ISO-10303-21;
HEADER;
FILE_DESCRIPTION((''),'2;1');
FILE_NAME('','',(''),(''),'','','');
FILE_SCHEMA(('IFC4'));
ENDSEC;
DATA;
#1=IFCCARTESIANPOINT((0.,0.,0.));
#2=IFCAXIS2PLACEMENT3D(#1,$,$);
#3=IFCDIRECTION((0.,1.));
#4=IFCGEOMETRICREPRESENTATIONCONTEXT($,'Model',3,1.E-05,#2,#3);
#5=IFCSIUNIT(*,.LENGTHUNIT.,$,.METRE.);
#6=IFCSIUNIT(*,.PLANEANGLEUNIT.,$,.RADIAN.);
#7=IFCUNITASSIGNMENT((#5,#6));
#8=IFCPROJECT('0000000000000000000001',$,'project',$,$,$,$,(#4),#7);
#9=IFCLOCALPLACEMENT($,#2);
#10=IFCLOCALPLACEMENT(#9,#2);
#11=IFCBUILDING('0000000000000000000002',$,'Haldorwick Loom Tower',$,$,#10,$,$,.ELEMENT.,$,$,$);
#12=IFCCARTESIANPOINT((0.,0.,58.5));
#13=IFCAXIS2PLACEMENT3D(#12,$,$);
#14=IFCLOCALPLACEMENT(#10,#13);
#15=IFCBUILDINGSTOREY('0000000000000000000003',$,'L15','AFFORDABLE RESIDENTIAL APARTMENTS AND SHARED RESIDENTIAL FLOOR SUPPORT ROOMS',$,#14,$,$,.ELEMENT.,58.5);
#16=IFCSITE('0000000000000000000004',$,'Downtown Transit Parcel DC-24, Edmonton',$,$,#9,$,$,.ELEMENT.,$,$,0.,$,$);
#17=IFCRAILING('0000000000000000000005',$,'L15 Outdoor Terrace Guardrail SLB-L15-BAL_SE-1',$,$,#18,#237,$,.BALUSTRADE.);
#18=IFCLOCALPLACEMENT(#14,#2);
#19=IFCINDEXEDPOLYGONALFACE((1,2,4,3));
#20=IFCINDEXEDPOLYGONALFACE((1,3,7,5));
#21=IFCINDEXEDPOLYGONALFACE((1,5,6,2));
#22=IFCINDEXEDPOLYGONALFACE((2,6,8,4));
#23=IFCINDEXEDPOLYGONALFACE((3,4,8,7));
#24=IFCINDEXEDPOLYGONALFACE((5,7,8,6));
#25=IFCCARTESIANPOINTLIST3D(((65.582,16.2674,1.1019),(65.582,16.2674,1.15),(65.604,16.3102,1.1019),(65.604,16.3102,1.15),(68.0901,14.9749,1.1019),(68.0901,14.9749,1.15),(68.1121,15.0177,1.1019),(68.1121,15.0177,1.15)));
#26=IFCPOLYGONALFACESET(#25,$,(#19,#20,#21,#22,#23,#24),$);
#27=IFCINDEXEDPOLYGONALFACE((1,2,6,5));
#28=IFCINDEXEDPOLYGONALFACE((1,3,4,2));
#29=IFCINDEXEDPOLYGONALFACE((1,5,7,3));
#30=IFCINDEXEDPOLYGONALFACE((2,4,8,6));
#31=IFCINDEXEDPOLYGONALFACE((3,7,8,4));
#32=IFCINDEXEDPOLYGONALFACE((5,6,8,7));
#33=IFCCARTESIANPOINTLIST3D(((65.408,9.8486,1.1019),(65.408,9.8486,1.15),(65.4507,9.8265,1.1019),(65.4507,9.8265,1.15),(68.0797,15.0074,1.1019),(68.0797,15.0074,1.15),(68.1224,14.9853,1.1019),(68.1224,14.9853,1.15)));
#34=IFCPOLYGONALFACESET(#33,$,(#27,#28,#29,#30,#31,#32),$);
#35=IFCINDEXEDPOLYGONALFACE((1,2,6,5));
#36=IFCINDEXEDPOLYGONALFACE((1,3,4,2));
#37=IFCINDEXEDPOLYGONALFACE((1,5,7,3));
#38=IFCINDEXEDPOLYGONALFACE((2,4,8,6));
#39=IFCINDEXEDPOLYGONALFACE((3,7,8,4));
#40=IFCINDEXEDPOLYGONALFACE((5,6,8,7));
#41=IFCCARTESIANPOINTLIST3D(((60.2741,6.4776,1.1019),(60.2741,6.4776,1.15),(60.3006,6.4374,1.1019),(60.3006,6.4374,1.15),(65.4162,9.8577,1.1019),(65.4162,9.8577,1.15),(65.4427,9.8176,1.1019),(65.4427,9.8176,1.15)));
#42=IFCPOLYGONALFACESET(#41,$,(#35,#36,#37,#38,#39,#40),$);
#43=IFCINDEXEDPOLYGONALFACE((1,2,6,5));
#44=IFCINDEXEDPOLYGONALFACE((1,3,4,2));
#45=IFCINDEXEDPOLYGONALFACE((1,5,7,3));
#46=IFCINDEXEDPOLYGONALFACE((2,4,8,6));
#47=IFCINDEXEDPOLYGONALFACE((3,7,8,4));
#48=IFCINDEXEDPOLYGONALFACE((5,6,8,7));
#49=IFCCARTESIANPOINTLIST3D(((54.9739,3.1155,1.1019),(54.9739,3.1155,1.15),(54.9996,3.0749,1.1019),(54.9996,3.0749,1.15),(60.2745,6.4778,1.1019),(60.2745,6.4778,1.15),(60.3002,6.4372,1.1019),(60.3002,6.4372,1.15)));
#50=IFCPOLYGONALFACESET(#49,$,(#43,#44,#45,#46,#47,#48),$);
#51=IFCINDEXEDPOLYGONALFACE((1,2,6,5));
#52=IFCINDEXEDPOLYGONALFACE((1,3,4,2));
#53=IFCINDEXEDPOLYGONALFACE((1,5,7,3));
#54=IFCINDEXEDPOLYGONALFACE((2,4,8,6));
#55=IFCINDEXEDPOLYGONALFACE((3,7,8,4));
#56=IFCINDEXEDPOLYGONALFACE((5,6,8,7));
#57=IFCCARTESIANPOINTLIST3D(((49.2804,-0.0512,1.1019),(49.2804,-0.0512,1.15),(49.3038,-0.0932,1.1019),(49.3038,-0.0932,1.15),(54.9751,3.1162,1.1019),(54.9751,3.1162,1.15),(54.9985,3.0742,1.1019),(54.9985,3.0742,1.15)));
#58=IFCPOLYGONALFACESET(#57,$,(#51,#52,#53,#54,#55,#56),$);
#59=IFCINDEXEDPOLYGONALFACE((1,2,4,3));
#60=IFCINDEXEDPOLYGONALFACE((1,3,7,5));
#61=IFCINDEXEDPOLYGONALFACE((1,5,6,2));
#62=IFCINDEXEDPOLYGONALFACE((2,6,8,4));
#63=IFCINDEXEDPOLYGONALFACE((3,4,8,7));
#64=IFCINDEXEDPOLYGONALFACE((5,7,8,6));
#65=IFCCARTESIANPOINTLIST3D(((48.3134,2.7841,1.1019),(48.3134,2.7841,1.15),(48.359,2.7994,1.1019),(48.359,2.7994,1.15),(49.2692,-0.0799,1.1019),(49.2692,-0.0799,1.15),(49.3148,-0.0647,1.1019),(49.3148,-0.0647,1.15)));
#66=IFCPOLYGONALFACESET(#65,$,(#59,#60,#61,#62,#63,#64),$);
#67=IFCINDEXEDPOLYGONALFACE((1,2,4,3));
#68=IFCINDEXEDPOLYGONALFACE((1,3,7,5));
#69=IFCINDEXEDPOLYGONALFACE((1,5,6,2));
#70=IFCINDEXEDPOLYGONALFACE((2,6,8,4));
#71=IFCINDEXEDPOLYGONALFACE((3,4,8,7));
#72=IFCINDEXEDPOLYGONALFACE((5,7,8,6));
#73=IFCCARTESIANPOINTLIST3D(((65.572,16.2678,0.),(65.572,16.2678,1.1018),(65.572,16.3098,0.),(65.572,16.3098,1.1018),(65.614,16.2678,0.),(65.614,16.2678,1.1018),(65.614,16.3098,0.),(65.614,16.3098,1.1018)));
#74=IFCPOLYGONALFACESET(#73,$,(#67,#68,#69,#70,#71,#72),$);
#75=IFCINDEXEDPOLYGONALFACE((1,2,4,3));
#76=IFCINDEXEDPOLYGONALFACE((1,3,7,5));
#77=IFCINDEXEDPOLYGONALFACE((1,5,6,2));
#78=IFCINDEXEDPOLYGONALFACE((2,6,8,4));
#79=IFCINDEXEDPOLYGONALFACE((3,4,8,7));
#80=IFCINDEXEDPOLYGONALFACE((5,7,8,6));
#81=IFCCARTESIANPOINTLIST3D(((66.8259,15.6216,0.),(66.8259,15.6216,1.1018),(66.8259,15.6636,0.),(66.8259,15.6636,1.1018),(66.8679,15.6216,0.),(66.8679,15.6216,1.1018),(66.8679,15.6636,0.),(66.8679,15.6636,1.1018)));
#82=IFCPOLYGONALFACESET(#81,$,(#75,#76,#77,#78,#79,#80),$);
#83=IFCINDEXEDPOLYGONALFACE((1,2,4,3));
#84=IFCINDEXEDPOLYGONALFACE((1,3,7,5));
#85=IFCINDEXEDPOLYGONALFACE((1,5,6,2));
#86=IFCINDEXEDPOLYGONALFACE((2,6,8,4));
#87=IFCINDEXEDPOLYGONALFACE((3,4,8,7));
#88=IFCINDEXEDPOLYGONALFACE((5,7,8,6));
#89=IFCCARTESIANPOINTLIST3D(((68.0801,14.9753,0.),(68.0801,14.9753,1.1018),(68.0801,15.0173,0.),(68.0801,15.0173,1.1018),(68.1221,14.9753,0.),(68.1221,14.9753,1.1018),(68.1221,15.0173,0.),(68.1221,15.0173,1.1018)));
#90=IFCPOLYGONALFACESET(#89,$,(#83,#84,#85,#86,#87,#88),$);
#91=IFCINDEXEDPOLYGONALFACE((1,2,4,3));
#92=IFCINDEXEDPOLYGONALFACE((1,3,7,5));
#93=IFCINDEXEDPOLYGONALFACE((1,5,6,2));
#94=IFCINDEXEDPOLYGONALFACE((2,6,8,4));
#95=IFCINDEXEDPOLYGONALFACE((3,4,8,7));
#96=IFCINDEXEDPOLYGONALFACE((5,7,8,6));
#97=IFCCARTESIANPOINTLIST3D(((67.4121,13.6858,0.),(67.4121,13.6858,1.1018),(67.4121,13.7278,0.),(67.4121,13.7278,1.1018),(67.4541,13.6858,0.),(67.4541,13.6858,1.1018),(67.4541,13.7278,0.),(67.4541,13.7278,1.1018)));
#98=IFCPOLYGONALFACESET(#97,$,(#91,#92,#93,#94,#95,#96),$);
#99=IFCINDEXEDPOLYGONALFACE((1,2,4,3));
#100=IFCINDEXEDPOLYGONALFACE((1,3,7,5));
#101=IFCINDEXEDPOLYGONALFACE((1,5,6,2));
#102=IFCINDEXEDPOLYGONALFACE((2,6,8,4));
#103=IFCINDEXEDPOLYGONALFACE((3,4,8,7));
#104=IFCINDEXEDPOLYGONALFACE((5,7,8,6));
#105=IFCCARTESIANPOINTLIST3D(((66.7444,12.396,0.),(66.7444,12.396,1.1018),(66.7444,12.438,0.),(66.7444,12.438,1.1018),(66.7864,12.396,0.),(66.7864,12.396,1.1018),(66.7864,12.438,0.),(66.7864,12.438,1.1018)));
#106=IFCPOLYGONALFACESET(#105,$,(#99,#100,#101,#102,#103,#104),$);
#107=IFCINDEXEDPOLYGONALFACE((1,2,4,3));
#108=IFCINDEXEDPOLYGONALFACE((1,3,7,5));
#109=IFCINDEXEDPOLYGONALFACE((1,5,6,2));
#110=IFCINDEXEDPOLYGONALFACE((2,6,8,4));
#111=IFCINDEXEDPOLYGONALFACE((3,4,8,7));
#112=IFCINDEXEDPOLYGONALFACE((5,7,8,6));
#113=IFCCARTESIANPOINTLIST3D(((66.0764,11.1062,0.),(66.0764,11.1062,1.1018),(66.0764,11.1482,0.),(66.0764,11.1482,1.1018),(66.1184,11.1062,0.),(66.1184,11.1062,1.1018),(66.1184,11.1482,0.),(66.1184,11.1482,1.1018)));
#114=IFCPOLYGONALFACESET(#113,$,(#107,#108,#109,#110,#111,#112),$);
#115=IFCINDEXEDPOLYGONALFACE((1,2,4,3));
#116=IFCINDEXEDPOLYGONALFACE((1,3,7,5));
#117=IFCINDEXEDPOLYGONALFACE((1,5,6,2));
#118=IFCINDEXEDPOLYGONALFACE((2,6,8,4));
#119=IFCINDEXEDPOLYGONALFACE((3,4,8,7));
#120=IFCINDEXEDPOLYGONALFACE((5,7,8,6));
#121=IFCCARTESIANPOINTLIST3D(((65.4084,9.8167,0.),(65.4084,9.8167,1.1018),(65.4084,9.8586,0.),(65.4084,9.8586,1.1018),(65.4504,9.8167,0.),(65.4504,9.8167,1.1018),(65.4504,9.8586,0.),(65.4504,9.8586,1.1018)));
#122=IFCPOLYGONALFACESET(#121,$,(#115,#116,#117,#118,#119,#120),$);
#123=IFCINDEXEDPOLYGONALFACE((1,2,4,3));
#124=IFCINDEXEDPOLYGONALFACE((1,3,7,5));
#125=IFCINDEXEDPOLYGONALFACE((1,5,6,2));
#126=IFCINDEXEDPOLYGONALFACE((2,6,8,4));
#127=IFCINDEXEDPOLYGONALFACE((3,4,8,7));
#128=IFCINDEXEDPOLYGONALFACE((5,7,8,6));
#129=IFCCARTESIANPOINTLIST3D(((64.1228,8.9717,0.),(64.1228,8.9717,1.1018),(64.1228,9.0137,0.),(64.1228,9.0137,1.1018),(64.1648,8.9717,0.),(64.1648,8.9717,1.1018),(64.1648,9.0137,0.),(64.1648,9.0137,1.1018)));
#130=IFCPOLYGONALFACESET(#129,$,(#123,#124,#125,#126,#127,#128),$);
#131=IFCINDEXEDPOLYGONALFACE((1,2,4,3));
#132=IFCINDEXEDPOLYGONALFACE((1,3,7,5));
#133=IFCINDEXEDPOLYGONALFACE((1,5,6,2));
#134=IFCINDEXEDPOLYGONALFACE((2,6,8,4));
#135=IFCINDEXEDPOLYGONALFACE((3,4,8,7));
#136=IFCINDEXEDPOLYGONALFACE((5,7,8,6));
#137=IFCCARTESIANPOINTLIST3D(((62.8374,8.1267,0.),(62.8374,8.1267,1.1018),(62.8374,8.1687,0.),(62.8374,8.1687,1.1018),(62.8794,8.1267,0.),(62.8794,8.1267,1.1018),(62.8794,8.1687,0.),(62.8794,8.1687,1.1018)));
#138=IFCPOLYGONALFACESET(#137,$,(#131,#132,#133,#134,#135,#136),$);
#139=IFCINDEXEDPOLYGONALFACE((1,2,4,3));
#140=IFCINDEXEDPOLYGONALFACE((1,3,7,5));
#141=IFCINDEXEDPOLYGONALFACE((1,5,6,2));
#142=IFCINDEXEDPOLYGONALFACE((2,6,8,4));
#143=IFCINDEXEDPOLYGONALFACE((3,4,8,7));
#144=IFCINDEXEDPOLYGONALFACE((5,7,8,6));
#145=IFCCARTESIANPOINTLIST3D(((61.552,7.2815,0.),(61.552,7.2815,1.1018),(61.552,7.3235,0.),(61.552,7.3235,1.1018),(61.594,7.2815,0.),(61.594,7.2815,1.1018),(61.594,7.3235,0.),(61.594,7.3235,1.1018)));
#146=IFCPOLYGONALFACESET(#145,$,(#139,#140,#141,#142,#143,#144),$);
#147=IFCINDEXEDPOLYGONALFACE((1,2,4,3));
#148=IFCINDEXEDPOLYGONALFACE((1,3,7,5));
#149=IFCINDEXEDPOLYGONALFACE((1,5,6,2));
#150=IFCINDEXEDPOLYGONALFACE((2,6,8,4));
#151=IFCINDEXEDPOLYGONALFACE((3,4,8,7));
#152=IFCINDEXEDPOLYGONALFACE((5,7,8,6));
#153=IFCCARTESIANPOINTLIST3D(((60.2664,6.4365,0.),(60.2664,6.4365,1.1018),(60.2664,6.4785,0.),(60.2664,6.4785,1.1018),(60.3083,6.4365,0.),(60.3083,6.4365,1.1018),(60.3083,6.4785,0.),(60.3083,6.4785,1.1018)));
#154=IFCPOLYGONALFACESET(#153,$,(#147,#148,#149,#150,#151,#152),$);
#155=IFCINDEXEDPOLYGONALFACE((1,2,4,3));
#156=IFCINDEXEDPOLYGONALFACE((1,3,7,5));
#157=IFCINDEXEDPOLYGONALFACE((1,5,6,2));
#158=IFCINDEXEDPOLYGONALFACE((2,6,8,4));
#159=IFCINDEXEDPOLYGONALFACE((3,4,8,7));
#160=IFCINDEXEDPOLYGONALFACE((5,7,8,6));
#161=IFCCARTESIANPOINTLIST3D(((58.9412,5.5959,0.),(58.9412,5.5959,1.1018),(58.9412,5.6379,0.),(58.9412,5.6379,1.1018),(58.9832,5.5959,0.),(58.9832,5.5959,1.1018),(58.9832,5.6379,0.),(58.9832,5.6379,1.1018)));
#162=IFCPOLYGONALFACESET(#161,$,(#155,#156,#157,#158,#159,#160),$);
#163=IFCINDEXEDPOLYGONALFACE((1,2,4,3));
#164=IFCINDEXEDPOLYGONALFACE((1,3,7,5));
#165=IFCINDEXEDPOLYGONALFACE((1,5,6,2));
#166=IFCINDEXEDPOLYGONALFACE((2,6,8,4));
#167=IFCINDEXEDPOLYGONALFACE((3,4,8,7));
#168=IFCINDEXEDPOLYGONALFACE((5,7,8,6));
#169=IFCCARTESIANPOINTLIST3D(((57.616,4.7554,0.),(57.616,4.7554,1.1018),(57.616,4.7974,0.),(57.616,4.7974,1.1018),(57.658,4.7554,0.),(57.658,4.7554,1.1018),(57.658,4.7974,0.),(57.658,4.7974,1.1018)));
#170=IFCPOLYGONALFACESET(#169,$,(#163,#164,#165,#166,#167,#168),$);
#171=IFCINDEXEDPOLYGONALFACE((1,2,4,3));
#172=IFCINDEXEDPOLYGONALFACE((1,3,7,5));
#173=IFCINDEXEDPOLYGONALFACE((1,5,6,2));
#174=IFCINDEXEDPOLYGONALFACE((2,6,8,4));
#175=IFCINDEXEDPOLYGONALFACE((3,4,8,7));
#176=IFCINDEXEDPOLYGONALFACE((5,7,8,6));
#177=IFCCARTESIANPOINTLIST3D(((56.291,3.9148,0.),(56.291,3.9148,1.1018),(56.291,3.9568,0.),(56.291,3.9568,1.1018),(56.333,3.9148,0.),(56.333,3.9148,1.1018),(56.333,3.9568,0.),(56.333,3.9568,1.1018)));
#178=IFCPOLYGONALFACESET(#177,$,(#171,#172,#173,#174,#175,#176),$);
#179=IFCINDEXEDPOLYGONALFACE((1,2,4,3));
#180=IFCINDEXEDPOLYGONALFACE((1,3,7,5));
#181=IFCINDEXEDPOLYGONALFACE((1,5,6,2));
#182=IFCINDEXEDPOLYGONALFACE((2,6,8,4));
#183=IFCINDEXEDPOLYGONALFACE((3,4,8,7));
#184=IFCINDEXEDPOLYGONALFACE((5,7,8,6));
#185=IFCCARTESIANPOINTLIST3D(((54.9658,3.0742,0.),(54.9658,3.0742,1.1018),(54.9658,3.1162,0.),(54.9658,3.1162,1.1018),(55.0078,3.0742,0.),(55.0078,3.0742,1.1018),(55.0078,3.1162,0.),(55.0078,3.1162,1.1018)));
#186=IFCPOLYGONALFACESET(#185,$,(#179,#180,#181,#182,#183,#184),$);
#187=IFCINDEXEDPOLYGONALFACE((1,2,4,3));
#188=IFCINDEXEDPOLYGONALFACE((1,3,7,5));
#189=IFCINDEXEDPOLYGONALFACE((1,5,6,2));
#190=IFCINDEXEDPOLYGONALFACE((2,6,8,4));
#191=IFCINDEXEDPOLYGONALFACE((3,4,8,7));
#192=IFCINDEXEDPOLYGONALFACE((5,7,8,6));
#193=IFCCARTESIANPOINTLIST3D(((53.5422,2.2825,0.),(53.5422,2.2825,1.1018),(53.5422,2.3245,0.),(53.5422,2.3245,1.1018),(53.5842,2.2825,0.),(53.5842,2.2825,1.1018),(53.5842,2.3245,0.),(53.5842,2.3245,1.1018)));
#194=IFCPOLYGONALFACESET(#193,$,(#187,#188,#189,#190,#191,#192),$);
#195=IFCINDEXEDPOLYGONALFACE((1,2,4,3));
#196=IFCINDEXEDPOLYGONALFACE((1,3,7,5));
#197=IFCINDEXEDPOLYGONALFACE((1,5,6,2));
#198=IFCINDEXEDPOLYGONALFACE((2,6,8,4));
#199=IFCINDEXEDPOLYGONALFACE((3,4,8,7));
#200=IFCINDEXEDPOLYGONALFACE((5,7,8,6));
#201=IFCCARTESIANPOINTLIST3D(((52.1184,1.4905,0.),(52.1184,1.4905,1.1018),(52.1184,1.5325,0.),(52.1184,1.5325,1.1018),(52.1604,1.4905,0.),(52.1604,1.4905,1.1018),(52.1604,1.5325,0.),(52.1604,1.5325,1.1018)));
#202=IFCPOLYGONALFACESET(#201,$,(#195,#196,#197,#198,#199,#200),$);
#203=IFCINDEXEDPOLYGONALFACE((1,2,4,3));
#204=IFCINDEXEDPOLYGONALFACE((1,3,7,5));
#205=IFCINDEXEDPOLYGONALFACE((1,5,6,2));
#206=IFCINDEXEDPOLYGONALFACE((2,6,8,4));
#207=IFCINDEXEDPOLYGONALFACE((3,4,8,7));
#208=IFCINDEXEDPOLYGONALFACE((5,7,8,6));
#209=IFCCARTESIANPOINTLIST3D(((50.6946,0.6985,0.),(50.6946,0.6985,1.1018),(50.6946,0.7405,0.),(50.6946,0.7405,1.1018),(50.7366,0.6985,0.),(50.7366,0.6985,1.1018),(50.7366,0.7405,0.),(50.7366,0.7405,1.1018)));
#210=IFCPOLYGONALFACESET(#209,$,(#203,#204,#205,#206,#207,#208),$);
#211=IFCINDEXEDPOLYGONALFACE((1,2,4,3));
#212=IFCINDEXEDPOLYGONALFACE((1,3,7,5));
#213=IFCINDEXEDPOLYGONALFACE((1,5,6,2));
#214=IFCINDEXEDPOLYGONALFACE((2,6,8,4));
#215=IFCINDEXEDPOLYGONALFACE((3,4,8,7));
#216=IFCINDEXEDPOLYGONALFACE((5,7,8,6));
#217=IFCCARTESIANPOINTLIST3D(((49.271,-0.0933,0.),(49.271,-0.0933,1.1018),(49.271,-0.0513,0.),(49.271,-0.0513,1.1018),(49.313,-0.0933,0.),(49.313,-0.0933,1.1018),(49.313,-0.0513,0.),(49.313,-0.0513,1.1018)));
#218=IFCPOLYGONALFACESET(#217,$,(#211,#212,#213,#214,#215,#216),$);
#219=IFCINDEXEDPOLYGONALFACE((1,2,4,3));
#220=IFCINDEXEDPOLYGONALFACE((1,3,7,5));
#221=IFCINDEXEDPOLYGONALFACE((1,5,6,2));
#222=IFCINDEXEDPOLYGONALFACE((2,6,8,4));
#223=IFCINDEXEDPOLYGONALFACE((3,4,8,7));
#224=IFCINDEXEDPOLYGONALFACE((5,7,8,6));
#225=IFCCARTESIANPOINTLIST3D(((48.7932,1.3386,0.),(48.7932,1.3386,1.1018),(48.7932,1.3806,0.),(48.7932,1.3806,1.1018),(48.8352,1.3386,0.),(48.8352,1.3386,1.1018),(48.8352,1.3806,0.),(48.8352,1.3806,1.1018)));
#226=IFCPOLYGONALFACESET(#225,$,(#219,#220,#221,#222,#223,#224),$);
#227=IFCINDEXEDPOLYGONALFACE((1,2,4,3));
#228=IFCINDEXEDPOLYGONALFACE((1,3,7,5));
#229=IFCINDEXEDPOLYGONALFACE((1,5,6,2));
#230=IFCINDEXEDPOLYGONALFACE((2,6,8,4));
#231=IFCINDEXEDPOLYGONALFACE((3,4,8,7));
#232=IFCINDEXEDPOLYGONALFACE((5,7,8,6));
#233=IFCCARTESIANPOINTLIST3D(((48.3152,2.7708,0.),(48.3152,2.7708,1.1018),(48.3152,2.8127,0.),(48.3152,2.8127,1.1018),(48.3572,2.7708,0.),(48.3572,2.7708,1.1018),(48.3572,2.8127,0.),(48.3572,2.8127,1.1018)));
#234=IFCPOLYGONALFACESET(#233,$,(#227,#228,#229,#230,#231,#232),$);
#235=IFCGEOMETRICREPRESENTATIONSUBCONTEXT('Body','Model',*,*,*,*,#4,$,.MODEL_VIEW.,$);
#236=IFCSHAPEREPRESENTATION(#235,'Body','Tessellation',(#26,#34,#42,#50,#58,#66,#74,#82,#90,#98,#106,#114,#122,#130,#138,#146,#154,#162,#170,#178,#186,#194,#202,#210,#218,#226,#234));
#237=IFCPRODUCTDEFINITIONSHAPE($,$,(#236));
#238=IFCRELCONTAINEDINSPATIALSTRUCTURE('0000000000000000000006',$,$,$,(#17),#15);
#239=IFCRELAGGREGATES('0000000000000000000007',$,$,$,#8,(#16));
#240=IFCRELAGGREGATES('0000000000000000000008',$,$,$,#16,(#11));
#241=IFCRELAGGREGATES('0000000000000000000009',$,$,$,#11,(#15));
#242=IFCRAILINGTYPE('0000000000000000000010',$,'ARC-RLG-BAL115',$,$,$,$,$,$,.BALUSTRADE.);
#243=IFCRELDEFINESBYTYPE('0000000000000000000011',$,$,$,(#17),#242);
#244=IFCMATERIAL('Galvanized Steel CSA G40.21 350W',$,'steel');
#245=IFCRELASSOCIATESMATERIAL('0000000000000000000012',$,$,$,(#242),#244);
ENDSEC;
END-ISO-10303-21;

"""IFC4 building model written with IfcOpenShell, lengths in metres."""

from ifc_helpers import new_model, si_unit, direction, frame, origin, origin_2d, place, context, subcontext, project, spatial, rectangle, extrude, material, type_object, element, save


model = new_model("IFC4")

# Units and contexts
model_context = context("Model", 3, precision=1e-05, world=origin(), true_north=direction((0.0, 1.0)))
body_context = subcontext(model_context, "Body", "Model", "MODEL_VIEW")
ifc_project = project(units=[si_unit("LENGTHUNIT", "METRE"), si_unit("PLANEANGLEUNIT", "RADIAN")], contexts=[model_context])

# Site, building, storey
site_placement = place(None, origin())
site = spatial("IfcSite", under=ifc_project, at=site_placement, Name="Downtown Transit Parcel DC-24, Edmonton", CompositionType="ELEMENT", RefElevation=0.0)
building_placement = place(site_placement, origin())
building = spatial("IfcBuilding", under=site, at=building_placement, Name="Haldorwick Loom Tower", CompositionType="ELEMENT")
storey_placement = place(building_placement, frame((0.0, 0.0, 58.5)))
storey = spatial("IfcBuildingStorey", under=building, at=storey_placement, Name="L15", Description="AFFORDABLE RESIDENTIAL APARTMENTS AND SHARED RESIDENTIAL FLOOR SUPPORT ROOMS", CompositionType="ELEMENT", Elevation=58.5)

# Railing
ifc_material_1 = material(Name="Galvanized Steel CSA G40.21 350W", Category="steel")
railing_type = type_object("IfcRailingType", Name="ARC-RLG-BAL115", PredefinedType="BALUSTRADE", material=ifc_material_1)
railing_placement = place(storey_placement, frame((65.593, 16.2888, 0.0)))
element("IfcRailing", 1, at=railing_placement, inside=storey, type_object=railing_type, Name="L15 Outdoor Terrace Guardrail SLB-L15-BAL_SE-1", PredefinedType="BALUSTRADE", context=body_context, shape_type="SweptSolid", body=[
    extrude(rectangle(XDim=0.0481, YDim=0.0481, at=origin_2d()), frame((0.0, 0.0, 1.126), z_axis=(0.888909, -0.458083, 0.0), x_axis=(0.458083, 0.888909, 0.0)), (0.0, 0.0, 1.0), 2.8215),
    extrude(rectangle(XDim=0.0481, YDim=0.0481, at=origin_2d()), frame((2.5081, -1.2925, 1.126), z_axis=(-0.459877, -0.887983, 0.0), x_axis=(0.887983, -0.459877, 0.0)), (0.0, 0.0, 1.0), 5.8096),
    extrude(rectangle(XDim=0.0481, YDim=0.0481, at=origin_2d()), frame((-0.1636, -6.4512, 1.126), z_axis=(-0.835628, -0.549296, 0.0), x_axis=(0.549296, -0.835628, 0.0)), (0.0, 0.0, 1.0), 6.1536),
    extrude(rectangle(XDim=0.0481, YDim=0.0481, at=origin_2d()), frame((-5.3057, -9.8313, 1.126), z_axis=(-0.844437, -0.535654, 0.0), x_axis=(0.535654, -0.844437, 0.0)), (0.0, 0.0, 1.0), 6.2771),
    extrude(rectangle(XDim=0.0481, YDim=0.0481, at=origin_2d()), frame((-10.6062, -13.1936, 1.126), z_axis=(-0.873917, -0.486075, 0.0), x_axis=(0.486075, -0.873917, 0.0)), (0.0, 0.0, 1.0), 6.5164),
    extrude(rectangle(XDim=0.0481, YDim=0.0481, at=origin_2d()), frame((-16.301, -16.3611, 1.126), z_axis=(-0.316567, 0.94857, 0.0), x_axis=(-0.94857, -0.316567, 0.0)), (0.0, 0.0, 1.0), 3.0193),
    extrude(rectangle(XDim=0.042, YDim=0.042, at=origin_2d()), origin(), (0.0, 0.0, 1.0), 1.1018),
    extrude(rectangle(XDim=0.042, YDim=0.042, at=origin_2d()), frame((1.2539, -0.6462, 0.0)), (0.0, 0.0, 1.0), 1.1018),
    extrude(rectangle(XDim=0.042, YDim=0.042, at=origin_2d()), frame((2.5081, -1.2925, 0.0)), (0.0, 0.0, 1.0), 1.1018),
    extrude(rectangle(XDim=0.042, YDim=0.042, at=origin_2d()), frame((1.8401, -2.582, 0.0)), (0.0, 0.0, 1.0), 1.1018),
    extrude(rectangle(XDim=0.042, YDim=0.042, at=origin_2d()), frame((1.1724, -3.8718, 0.0)), (0.0, 0.0, 1.0), 1.1018),
    extrude(rectangle(XDim=0.042, YDim=0.042, at=origin_2d()), frame((0.5044, -5.1616, 0.0)), (0.0, 0.0, 1.0), 1.1018),
    extrude(rectangle(XDim=0.042, YDim=0.042, at=origin_2d()), frame((-0.1636, -6.4512, 0.0)), (0.0, 0.0, 1.0), 1.1018),
    extrude(rectangle(XDim=0.042, YDim=0.042, at=origin_2d()), frame((-1.4492, -7.2961, 0.0)), (0.0, 0.0, 1.0), 1.1018),
    extrude(rectangle(XDim=0.042, YDim=0.042, at=origin_2d()), frame((-2.7346, -8.1411, 0.0)), (0.0, 0.0, 1.0), 1.1018),
    extrude(rectangle(XDim=0.042, YDim=0.042, at=origin_2d()), frame((-4.02, -8.9863, 0.0)), (0.0, 0.0, 1.0), 1.1018),
    extrude(rectangle(XDim=0.042, YDim=0.042, at=origin_2d()), frame((-5.3057, -9.8313, 0.0)), (0.0, 0.0, 1.0), 1.1018),
    extrude(rectangle(XDim=0.042, YDim=0.042, at=origin_2d()), frame((-6.6309, -10.6719, 0.0)), (0.0, 0.0, 1.0), 1.1018),
    extrude(rectangle(XDim=0.042, YDim=0.042, at=origin_2d()), frame((-7.9561, -11.5125, 0.0)), (0.0, 0.0, 1.0), 1.1018),
    extrude(rectangle(XDim=0.042, YDim=0.042, at=origin_2d()), frame((-9.281, -12.353, 0.0)), (0.0, 0.0, 1.0), 1.1018),
    extrude(rectangle(XDim=0.042, YDim=0.042, at=origin_2d()), frame((-10.6062, -13.1936, 0.0)), (0.0, 0.0, 1.0), 1.1018),
    extrude(rectangle(XDim=0.042, YDim=0.042, at=origin_2d()), frame((-12.0298, -13.9854, 0.0)), (0.0, 0.0, 1.0), 1.1018),
    extrude(rectangle(XDim=0.042, YDim=0.042, at=origin_2d()), frame((-13.4536, -14.7773, 0.0)), (0.0, 0.0, 1.0), 1.1018),
    extrude(rectangle(XDim=0.042, YDim=0.042, at=origin_2d()), frame((-14.8774, -15.5693, 0.0)), (0.0, 0.0, 1.0), 1.1018),
    extrude(rectangle(XDim=0.042, YDim=0.042, at=origin_2d()), frame((-16.301, -16.3611, 0.0)), (0.0, 0.0, 1.0), 1.1018),
    extrude(rectangle(XDim=0.042, YDim=0.042, at=origin_2d()), frame((-16.7788, -14.9292, 0.0)), (0.0, 0.0, 1.0), 1.1018),
    extrude(rectangle(XDim=0.042, YDim=0.042, at=origin_2d()), frame((-17.2568, -13.4971, 0.0)), (0.0, 0.0, 1.0), 1.1018),
])

save(model, "model.ifc")
